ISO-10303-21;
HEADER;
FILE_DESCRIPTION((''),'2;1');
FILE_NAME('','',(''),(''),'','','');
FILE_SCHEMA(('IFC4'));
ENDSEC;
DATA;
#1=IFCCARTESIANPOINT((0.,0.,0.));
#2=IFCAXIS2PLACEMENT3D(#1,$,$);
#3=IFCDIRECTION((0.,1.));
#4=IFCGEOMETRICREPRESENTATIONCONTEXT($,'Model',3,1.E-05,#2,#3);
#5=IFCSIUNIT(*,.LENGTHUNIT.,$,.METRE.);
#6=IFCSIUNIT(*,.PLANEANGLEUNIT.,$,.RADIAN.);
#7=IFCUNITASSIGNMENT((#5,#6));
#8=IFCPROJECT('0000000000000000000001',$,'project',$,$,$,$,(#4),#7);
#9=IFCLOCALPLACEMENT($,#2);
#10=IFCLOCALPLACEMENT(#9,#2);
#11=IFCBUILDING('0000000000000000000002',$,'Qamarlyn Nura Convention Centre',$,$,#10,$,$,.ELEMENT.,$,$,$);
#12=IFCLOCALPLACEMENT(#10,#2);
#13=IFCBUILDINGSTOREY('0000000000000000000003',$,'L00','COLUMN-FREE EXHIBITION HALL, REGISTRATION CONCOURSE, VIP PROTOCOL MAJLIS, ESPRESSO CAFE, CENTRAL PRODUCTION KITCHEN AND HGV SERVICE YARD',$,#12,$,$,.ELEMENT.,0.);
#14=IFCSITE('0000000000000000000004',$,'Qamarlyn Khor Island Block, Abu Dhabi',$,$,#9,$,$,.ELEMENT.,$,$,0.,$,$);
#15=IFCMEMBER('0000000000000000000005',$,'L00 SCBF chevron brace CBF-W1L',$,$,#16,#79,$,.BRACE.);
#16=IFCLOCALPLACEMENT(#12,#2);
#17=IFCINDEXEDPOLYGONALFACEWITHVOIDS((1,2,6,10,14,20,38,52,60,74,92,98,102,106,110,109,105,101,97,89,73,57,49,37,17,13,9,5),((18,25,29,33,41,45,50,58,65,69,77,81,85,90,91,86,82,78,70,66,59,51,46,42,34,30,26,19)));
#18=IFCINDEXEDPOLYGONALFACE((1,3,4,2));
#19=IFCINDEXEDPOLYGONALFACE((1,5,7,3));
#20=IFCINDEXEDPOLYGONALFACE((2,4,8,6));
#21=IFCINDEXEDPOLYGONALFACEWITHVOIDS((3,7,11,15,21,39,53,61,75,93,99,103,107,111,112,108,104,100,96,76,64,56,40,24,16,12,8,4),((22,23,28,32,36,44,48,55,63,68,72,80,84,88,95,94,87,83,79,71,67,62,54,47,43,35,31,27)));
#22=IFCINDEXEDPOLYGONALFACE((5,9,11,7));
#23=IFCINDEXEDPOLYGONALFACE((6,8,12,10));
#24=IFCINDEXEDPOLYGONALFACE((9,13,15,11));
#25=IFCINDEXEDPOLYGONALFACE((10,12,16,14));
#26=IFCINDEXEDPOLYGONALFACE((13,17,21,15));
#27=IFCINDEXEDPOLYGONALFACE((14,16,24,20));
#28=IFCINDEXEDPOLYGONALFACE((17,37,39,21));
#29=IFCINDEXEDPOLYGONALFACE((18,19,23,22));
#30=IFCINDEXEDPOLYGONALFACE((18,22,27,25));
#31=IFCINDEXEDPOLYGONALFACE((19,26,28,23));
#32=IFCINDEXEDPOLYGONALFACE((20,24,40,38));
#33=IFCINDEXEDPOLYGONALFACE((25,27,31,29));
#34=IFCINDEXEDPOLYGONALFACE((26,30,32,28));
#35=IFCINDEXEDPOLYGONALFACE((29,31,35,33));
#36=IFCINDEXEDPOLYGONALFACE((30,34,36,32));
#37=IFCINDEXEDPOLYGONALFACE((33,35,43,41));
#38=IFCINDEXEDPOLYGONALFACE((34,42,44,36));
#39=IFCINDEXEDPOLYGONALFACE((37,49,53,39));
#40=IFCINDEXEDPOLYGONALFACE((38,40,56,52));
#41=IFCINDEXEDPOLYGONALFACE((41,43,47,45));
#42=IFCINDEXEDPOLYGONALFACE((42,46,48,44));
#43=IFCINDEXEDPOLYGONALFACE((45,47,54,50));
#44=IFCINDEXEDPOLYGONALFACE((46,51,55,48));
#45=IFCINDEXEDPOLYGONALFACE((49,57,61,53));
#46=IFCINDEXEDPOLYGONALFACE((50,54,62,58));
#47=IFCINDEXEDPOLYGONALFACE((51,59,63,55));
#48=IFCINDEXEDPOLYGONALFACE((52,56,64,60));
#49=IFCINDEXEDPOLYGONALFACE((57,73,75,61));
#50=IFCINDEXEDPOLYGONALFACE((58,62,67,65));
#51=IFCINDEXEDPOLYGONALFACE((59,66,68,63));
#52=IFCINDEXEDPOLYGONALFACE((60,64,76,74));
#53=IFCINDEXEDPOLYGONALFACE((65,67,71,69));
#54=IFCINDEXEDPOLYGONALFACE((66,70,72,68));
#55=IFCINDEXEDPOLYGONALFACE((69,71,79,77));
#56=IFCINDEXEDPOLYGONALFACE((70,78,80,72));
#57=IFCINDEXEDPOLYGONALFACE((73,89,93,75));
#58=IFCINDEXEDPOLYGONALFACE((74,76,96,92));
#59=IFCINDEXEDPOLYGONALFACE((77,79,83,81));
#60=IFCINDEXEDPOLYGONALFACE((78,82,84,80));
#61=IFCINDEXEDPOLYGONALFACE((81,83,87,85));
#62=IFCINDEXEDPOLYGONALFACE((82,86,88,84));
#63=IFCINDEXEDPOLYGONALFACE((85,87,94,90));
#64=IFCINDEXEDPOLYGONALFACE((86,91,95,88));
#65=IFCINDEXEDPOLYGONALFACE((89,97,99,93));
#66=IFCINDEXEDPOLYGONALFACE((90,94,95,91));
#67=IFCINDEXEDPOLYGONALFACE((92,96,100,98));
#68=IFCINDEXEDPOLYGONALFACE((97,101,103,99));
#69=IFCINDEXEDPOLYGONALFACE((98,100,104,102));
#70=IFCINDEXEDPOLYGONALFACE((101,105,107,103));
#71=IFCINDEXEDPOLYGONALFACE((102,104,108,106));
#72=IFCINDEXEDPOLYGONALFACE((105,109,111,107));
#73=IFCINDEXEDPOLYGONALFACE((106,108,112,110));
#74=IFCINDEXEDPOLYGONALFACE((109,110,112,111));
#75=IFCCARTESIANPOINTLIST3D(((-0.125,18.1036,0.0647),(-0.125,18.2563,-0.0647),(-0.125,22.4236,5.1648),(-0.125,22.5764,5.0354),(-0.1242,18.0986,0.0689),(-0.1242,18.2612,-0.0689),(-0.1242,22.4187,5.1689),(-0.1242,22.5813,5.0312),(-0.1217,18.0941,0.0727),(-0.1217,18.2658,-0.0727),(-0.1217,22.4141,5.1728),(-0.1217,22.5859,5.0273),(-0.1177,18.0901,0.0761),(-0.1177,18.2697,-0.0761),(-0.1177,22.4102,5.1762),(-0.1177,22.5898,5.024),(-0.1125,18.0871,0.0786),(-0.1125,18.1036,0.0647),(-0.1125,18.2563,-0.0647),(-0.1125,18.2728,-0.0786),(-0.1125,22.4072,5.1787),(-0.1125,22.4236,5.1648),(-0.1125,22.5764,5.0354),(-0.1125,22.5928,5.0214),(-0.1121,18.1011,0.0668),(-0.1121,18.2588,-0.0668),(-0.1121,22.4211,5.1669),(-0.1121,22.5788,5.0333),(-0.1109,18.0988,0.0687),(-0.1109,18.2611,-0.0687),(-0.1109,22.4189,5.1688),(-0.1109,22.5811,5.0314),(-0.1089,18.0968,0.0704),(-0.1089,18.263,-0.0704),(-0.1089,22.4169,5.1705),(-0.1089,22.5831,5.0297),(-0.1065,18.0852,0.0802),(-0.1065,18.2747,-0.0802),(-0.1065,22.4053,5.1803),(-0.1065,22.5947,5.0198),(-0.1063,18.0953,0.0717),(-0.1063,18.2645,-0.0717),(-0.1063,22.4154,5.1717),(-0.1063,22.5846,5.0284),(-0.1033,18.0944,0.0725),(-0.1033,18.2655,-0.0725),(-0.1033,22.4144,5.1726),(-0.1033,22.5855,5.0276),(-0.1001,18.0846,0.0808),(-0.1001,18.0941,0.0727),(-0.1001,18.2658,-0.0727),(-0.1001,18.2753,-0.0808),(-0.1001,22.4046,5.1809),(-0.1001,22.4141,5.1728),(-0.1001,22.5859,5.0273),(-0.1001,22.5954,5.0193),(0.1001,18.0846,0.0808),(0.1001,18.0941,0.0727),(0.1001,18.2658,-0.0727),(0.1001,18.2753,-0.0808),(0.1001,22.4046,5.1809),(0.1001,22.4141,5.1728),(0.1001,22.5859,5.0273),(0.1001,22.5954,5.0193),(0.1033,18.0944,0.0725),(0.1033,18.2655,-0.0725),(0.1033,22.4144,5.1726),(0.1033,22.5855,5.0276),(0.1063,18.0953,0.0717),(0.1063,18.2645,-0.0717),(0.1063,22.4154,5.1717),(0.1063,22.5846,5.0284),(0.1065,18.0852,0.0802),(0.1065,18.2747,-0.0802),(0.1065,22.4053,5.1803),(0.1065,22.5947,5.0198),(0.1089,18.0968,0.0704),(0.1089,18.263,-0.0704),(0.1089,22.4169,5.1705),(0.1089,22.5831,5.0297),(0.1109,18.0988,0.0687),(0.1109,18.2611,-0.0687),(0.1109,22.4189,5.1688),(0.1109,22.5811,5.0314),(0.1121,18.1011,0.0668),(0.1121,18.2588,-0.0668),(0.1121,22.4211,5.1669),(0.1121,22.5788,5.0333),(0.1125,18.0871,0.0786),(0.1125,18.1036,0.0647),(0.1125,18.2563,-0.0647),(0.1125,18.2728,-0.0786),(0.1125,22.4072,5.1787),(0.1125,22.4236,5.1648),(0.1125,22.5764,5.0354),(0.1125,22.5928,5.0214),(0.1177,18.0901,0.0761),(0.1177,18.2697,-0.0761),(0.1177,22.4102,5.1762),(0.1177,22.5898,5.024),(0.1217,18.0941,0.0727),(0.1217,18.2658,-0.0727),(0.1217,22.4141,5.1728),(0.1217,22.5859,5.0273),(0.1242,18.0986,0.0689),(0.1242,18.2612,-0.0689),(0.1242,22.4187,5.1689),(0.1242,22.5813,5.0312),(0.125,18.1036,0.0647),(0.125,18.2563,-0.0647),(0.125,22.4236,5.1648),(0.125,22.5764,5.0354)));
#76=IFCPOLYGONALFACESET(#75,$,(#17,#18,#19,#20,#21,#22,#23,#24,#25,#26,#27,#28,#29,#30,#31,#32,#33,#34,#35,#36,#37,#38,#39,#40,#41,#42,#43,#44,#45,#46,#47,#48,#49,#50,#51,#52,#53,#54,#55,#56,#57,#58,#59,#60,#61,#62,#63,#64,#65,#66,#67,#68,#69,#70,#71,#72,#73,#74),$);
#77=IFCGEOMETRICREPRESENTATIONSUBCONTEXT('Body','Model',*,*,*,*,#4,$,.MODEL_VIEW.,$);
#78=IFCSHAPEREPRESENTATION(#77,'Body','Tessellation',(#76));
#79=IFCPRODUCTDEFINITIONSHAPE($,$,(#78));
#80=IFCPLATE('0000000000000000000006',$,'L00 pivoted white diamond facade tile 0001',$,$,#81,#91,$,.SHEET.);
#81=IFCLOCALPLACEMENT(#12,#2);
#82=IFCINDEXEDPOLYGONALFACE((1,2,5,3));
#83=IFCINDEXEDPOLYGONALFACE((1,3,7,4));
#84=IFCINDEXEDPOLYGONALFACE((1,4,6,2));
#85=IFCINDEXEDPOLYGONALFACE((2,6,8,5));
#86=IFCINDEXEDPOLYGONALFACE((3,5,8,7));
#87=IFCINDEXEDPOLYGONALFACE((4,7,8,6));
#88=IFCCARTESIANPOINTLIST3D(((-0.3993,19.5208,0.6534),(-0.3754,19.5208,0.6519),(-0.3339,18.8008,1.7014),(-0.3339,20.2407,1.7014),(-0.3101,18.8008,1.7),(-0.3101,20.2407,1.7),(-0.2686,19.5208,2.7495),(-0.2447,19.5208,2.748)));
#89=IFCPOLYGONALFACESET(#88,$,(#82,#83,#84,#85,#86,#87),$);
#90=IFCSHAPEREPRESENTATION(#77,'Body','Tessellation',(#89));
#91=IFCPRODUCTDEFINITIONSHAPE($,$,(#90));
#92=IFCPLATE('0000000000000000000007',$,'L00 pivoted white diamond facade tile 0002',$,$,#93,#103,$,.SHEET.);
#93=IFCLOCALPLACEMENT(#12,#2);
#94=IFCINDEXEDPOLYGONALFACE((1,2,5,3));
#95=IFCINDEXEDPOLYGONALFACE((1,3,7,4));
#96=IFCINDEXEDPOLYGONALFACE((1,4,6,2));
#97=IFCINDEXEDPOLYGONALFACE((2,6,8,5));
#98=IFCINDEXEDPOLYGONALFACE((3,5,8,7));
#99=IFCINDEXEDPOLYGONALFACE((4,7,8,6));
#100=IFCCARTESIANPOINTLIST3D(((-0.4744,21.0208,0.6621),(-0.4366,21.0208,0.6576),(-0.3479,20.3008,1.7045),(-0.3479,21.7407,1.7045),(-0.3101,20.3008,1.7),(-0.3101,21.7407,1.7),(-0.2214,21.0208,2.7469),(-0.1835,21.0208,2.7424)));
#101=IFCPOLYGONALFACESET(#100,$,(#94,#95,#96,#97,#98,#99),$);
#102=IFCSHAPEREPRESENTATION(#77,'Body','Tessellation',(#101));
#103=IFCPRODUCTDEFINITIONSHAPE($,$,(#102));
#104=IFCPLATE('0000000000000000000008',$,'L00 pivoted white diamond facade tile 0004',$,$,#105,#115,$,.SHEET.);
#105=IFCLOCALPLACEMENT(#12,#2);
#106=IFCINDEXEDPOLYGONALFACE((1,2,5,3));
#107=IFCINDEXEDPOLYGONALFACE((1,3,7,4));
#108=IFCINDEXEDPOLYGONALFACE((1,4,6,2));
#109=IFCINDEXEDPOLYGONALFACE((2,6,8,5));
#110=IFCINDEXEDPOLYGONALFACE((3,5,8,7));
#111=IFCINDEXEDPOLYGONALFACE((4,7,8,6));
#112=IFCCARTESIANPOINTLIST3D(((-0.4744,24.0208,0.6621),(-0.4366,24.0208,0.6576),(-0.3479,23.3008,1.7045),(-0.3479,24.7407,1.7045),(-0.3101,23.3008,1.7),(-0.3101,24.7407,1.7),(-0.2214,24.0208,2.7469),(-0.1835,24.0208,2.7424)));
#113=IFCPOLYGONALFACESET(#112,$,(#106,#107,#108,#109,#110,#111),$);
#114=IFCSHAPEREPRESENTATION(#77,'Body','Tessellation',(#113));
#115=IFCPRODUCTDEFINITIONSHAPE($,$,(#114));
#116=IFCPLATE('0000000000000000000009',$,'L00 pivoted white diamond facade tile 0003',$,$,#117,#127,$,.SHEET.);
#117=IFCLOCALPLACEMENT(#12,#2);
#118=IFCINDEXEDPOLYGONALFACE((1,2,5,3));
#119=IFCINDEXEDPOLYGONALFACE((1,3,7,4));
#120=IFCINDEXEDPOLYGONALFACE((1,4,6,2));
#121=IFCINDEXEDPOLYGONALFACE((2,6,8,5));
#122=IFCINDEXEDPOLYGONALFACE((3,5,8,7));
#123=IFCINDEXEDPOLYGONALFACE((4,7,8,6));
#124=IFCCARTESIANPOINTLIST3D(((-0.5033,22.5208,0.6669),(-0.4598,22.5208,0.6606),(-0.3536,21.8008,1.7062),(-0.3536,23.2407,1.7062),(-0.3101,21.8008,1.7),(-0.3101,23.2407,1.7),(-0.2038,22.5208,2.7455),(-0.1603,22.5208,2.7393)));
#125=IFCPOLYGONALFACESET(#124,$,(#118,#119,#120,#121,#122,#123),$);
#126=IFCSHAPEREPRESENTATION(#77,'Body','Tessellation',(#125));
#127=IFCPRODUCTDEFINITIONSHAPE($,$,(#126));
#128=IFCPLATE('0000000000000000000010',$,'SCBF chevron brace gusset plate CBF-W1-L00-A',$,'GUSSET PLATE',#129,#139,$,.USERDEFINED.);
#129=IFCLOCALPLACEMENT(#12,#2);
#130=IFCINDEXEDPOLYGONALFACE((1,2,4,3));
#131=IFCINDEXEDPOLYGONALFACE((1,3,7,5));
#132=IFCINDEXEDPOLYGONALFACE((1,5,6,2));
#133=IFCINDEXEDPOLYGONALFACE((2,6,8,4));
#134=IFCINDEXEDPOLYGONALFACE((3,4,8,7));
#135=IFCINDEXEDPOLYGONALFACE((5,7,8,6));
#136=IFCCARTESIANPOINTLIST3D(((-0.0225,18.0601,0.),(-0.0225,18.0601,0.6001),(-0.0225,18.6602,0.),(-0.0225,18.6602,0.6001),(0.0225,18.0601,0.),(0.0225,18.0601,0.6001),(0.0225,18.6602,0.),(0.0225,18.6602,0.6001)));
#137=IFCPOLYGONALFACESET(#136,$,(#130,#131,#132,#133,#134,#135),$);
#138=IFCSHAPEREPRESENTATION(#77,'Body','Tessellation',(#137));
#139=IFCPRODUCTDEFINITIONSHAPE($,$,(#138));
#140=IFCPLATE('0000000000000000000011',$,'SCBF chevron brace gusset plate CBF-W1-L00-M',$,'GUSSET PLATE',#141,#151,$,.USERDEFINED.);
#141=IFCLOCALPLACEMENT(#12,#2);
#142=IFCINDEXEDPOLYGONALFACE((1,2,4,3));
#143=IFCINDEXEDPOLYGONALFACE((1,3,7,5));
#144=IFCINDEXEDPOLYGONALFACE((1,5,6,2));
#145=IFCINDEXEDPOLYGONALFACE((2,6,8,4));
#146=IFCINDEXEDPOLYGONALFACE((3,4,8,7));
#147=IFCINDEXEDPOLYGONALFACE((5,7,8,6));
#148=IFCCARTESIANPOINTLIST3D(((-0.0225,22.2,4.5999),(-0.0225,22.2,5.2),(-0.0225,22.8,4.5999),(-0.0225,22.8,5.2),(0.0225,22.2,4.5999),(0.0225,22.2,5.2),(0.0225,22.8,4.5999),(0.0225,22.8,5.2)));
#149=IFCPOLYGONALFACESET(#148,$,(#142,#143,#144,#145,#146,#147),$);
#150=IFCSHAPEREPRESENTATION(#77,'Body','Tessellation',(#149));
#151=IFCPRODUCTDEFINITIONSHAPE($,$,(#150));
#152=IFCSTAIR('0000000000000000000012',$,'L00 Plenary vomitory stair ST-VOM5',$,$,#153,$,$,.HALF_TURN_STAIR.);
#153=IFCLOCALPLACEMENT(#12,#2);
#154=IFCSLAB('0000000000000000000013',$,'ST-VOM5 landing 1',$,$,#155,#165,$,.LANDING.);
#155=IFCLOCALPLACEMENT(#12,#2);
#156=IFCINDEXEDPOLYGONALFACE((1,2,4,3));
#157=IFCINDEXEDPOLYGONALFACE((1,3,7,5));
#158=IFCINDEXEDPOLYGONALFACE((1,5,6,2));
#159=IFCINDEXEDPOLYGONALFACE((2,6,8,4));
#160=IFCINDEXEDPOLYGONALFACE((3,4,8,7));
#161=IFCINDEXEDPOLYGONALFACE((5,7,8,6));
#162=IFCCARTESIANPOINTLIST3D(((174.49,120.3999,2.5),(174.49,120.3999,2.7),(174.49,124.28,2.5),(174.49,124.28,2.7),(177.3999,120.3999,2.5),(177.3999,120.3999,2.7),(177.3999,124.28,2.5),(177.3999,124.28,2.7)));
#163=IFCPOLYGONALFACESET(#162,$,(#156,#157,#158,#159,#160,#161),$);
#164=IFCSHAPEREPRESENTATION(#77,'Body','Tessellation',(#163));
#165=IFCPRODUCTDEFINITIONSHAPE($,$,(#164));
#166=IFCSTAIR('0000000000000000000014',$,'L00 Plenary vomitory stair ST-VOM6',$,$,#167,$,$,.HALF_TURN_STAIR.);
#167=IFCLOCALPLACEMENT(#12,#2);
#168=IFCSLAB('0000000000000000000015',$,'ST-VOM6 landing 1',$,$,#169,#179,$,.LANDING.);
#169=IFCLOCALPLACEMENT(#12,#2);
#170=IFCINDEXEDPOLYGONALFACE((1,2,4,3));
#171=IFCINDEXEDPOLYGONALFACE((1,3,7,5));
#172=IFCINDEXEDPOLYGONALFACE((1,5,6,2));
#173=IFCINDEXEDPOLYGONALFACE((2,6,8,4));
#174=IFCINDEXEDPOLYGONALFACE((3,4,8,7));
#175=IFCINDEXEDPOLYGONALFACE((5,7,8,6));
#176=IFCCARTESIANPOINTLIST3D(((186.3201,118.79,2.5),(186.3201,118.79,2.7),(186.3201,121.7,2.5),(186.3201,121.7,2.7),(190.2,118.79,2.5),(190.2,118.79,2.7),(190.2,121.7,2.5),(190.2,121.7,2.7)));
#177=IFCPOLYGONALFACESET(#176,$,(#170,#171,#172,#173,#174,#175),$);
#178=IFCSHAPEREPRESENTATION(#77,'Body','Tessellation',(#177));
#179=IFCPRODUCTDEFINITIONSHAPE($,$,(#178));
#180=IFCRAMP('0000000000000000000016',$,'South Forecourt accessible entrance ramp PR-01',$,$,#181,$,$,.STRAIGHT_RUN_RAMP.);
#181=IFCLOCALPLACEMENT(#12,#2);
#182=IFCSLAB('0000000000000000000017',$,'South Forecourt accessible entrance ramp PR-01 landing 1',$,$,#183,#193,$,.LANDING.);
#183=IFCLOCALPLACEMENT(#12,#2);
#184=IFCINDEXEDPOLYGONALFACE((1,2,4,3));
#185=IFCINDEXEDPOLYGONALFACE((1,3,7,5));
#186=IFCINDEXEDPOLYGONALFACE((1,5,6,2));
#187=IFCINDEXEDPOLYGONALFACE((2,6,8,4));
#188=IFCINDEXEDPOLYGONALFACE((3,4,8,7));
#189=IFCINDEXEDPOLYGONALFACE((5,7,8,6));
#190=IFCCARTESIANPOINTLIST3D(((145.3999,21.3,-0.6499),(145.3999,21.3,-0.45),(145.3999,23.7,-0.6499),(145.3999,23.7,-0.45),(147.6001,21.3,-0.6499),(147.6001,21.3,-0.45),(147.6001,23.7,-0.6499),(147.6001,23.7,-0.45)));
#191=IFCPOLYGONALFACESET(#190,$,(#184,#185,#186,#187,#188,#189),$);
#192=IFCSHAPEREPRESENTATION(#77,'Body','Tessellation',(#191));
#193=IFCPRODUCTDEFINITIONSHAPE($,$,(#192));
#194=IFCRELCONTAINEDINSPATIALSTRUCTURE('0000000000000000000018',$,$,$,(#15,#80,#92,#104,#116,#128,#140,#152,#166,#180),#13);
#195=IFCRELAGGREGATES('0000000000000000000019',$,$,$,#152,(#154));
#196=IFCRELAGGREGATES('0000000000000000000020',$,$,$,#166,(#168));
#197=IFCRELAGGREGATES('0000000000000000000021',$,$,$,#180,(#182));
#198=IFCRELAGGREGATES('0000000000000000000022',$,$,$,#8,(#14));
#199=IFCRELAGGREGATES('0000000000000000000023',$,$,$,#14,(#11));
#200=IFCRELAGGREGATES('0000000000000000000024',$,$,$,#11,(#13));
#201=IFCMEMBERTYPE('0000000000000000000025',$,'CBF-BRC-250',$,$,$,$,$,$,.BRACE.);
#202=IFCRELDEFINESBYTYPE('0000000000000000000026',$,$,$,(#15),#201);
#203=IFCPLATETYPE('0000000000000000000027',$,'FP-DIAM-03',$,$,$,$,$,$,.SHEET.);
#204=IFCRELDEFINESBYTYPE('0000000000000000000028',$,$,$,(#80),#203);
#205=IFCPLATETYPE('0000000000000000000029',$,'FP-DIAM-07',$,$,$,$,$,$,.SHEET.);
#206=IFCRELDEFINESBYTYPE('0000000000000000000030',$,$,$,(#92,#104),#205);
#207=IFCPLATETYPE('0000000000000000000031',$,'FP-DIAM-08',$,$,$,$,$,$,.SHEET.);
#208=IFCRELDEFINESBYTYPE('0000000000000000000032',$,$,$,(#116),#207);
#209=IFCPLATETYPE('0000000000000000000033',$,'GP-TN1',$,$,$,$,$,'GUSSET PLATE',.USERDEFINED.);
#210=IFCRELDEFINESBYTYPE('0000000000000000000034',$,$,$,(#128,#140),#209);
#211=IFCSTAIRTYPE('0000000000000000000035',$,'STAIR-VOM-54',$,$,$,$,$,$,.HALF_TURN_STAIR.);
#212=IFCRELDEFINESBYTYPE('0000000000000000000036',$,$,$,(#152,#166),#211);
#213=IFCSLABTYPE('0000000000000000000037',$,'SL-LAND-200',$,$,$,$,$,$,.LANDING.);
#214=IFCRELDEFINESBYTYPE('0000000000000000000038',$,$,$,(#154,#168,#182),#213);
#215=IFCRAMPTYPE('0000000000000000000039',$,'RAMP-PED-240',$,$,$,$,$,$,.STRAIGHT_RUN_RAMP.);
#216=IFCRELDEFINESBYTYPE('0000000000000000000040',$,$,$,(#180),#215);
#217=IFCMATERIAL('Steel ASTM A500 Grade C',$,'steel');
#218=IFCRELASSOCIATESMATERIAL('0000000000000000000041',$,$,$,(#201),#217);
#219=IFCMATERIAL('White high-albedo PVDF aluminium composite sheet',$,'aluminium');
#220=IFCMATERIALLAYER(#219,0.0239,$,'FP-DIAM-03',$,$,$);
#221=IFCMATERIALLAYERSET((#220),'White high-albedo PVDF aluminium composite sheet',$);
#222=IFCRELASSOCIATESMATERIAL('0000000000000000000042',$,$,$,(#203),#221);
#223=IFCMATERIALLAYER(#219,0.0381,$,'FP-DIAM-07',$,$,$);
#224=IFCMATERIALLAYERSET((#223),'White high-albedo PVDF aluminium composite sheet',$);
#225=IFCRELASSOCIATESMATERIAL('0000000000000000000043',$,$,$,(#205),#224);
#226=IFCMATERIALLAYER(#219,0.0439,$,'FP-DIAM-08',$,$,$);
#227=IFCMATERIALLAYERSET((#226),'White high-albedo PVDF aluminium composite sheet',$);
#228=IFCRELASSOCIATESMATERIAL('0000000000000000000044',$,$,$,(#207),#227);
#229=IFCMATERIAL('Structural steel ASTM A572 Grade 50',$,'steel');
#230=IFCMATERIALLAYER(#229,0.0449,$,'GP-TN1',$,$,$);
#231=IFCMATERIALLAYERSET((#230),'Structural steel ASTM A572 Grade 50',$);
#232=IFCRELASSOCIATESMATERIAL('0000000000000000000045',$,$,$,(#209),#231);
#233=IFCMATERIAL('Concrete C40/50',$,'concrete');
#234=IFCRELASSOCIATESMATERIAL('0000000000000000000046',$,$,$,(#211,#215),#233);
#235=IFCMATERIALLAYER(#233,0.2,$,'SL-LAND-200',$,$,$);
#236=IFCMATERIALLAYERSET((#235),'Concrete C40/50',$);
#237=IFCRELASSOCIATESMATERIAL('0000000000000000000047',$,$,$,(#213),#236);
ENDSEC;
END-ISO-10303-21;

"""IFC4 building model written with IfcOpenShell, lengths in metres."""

from ifc_helpers import new_model, si_unit, direction, frame, origin, origin_2d, place, context, subcontext, project, spatial, polyline, rectangle, hollow_rectangle, outline, extrude, material, layer, layer_set, material_profile, profile_set, type_object, element, aggregate, save


model = new_model("IFC4")

# Units and contexts
model_context = context("Model", 3, precision=1e-05, world=origin(), true_north=direction((0.0, 1.0)))
body_context = subcontext(model_context, "Body", "Model", "MODEL_VIEW")
ifc_project = project(units=[si_unit("LENGTHUNIT", "METRE"), si_unit("PLANEANGLEUNIT", "RADIAN")], contexts=[model_context])

# Site, building, storey
site_placement = place(None, origin())
site = spatial("IfcSite", under=ifc_project, at=site_placement, Name="Qamarlyn Khor Island Block, Abu Dhabi", CompositionType="ELEMENT", RefElevation=0.0)
building_placement = place(site_placement, origin())
building = spatial("IfcBuilding", under=site, at=building_placement, Name="Qamarlyn Nura Convention Centre", CompositionType="ELEMENT")
storey_placement = place(building_placement, origin())
storey = spatial("IfcBuildingStorey", under=building, at=storey_placement, Name="L00", Description="COLUMN-FREE EXHIBITION HALL, REGISTRATION CONCOURSE, VIP PROTOCOL MAJLIS, ESPRESSO CAFE, CENTRAL PRODUCTION KITCHEN AND HGV SERVICE YARD", CompositionType="ELEMENT", Elevation=0.0)

# Shared definitions
ifc_material_1 = material(Name="Steel ASTM A500 Grade C", Category="steel")

# Member
ifc_material_profile_1 = material_profile(ifc_material_1, hollow_rectangle(XDim=0.25, YDim=0.25, WallThickness=0.0125, InnerFilletRadius=0.0125, OuterFilletRadius=0.0249, at=origin_2d()), Name="HSS250X250X12.5")
ifc_profile_set_1 = profile_set([ifc_material_profile_1], Name="Steel ASTM A500 Grade C")
member_type = type_object("IfcMemberType", Name="CBF-BRC-250", PredefinedType="BRACE", material=ifc_profile_set_1)
member_placement = place(storey_placement, frame((0.0, 18.1799, 0.0), z_axis=(0.0, 0.646343, 0.763047), x_axis=(-1.0, 0.0, 0.0)))
element("IfcMember", 1, at=member_placement, inside=storey, type_object=member_type, Name="L00 SCBF chevron brace CBF-W1L", PredefinedType="BRACE", context=body_context, shape_type="SweptSolid", body=[
    extrude(hollow_rectangle(XDim=0.25, YDim=0.25, WallThickness=0.0125, InnerFilletRadius=0.0125, OuterFilletRadius=0.0249, at=origin_2d()), origin(), (0.0, 0.0, 1.0), 6.6838),
])

# Plates
ifc_material_2 = material(Name="White high-albedo PVDF aluminium composite sheet", Category="aluminium")
ifc_layer_1 = layer(ifc_material_2, 0.0239, Name="FP-DIAM-03")
ifc_layer_set_1 = layer_set([ifc_layer_1], Name="White high-albedo PVDF aluminium composite sheet")
plate_type_1 = type_object("IfcPlateType", Name="FP-DIAM-03", PredefinedType="SHEET", material=ifc_layer_set_1)
plate_1_placement = place(storey_placement, frame((-0.3101, 19.5208, 1.7), z_axis=(-0.998059, 0.0, 0.062268), x_axis=(0.0, -1.0, 0.0)))
element("IfcPlate", 2, at=plate_1_placement, inside=storey, type_object=plate_type_1, Name="L00 pivoted white diamond facade tile 0001", PredefinedType="SHEET", context=body_context, shape_type="SweptSolid", body=[
    extrude(outline(polyline([(-0.72, 0.0), (0.0, -1.05), (0.72, 0.0), (0.0, 1.05), (-0.72, 0.0)])), origin(), (0.0, 0.0, 1.0), 0.0239),
])
ifc_layer_2 = layer(ifc_material_2, 0.0381, Name="FP-DIAM-07")
ifc_layer_set_2 = layer_set([ifc_layer_2], Name="White high-albedo PVDF aluminium composite sheet")
plate_type_2 = type_object("IfcPlateType", Name="FP-DIAM-07", PredefinedType="SHEET", material=ifc_layer_set_2)
for number, where, z_axis, x_axis, name in (
    (3, (-0.3101, 21.0208, 1.7), (-0.992715, 0.0, 0.120483), (0.0, -1.0, 0.0), "L00 pivoted white diamond facade tile 0002"),
    (4, (-0.3101, 24.0208, 1.7), (-0.992715, 0.0, 0.120483), (0.0, -1.0, 0.0), "L00 pivoted white diamond facade tile 0004"),
):
    element("IfcPlate", number, at=place(storey_placement, frame(where, z_axis=z_axis, x_axis=x_axis)), inside=storey, type_object=plate_type_2, Name=name, PredefinedType="SHEET", context=body_context, shape_type="SweptSolid", body=[
        extrude(outline(polyline([(-0.72, 0.0), (0.0, -1.05), (0.72, 0.0), (0.0, 1.05), (-0.72, 0.0)])), origin(), (0.0, 0.0, 1.0), 0.0381),
    ])
ifc_layer_3 = layer(ifc_material_2, 0.0439, Name="FP-DIAM-08")
ifc_layer_set_3 = layer_set([ifc_layer_3], Name="White high-albedo PVDF aluminium composite sheet")
plate_type_3 = type_object("IfcPlateType", Name="FP-DIAM-08", PredefinedType="SHEET", material=ifc_layer_set_3)
plate_2_placement = place(storey_placement, frame((-0.3101, 22.5208, 1.7), z_axis=(-0.989776, 0.0, 0.142629), x_axis=(0.0, -1.0, 0.0)))
element("IfcPlate", 5, at=plate_2_placement, inside=storey, type_object=plate_type_3, Name="L00 pivoted white diamond facade tile 0003", PredefinedType="SHEET", context=body_context, shape_type="SweptSolid", body=[
    extrude(outline(polyline([(-0.72, 0.0), (0.0, -1.05), (0.72, 0.0), (0.0, 1.05), (-0.72, 0.0)])), origin(), (0.0, 0.0, 1.0), 0.0439),
])
ifc_material_3 = material(Name="Structural steel ASTM A572 Grade 50", Category="steel")
ifc_layer_4 = layer(ifc_material_3, 0.0449, Name="GP-TN1")
ifc_layer_set_4 = layer_set([ifc_layer_4], Name="Structural steel ASTM A572 Grade 50")
plate_type_4 = type_object("IfcPlateType", Name="GP-TN1", ElementType="GUSSET PLATE", PredefinedType="USERDEFINED", material=ifc_layer_set_4)
for number, where, z_axis, x_axis, name in (
    (6, (0.0, 18.3601, 0.0), (0.0, 0.0, 1.0), (0.0, 1.0, 0.0), "SCBF chevron brace gusset plate CBF-W1-L00-A"),
    (7, (0.0, 22.5, 4.5999), (0.0, 0.0, 1.0), (0.0, 1.0, 0.0), "SCBF chevron brace gusset plate CBF-W1-L00-M"),
):
    element("IfcPlate", number, at=place(storey_placement, frame(where, z_axis=z_axis, x_axis=x_axis)), inside=storey, type_object=plate_type_4, Name=name, ObjectType="GUSSET PLATE", PredefinedType="USERDEFINED", context=body_context, shape_type="SweptSolid", body=[
        extrude(rectangle(XDim=0.6001, YDim=0.0449, at=origin_2d()), origin(), (0.0, 0.0, 1.0), 0.6001),
    ])

# Stairs, slabs
ifc_material_4 = material(Name="Concrete C40/50", Category="concrete")
stair_type = type_object("IfcStairType", Name="STAIR-VOM-54", PredefinedType="HALF_TURN_STAIR", material=ifc_material_4)
stair_1_placement = place(storey_placement, origin())
stair_1 = element("IfcStair", 8, at=stair_1_placement, inside=storey, type_object=stair_type, Name="L00 Plenary vomitory stair ST-VOM5", PredefinedType="HALF_TURN_STAIR")
ifc_layer_5 = layer(ifc_material_4, 0.2, Name="SL-LAND-200")
ifc_layer_set_5 = layer_set([ifc_layer_5], Name="Concrete C40/50")
slab_type = type_object("IfcSlabType", Name="SL-LAND-200", PredefinedType="LANDING", material=ifc_layer_set_5)
slab_1_placement = place(storey_placement, frame((0.0, 0.0, 2.5)))
slab_1 = element("IfcSlab", 9, at=slab_1_placement, type_object=slab_type, Name="ST-VOM5 landing 1", PredefinedType="LANDING", context=body_context, shape_type="SweptSolid", body=[
    extrude(outline(polyline([(174.49, 120.3999), (177.3999, 120.3999), (177.3999, 124.28), (174.49, 124.28), (174.49, 120.3999)])), origin(), (0.0, 0.0, 1.0), 0.2),
])
aggregate(stair_1, [slab_1])
stair_2_placement = place(storey_placement, origin())
stair_2 = element("IfcStair", 10, at=stair_2_placement, inside=storey, type_object=stair_type, Name="L00 Plenary vomitory stair ST-VOM6", PredefinedType="HALF_TURN_STAIR")
slab_2_placement = place(storey_placement, frame((0.0, 0.0, 2.5)))
slab_2 = element("IfcSlab", 11, at=slab_2_placement, type_object=slab_type, Name="ST-VOM6 landing 1", PredefinedType="LANDING", context=body_context, shape_type="SweptSolid", body=[
    extrude(outline(polyline([(190.2, 118.79), (190.2, 121.7), (186.3201, 121.7), (186.3201, 118.79), (190.2, 118.79)])), origin(), (0.0, 0.0, 1.0), 0.2),
])
aggregate(stair_2, [slab_2])

# Ramp, slab
ramp_type_1 = type_object("IfcRampType", Name="RAMP-PED-240", PredefinedType="STRAIGHT_RUN_RAMP", material=ifc_material_4)
ramp_1_placement = place(storey_placement, origin())
ramp_1 = element("IfcRamp", 12, at=ramp_1_placement, inside=storey, type_object=ramp_type_1, Name="South Forecourt accessible entrance ramp PR-01", PredefinedType="STRAIGHT_RUN_RAMP")
slab_3_placement = place(storey_placement, frame((0.0, 0.0, -0.6499)))
slab_3 = element("IfcSlab", 13, at=slab_3_placement, type_object=slab_type, Name="South Forecourt accessible entrance ramp PR-01 landing 1", PredefinedType="LANDING", context=body_context, shape_type="SweptSolid", body=[
    extrude(outline(polyline([(145.3999, 21.3), (147.6001, 21.3), (147.6001, 23.7), (145.3999, 23.7), (145.3999, 21.3)])), origin(), (0.0, 0.0, 1.0), 0.2),
])
aggregate(ramp_1, [slab_3])

save(model, "model.ifc")
